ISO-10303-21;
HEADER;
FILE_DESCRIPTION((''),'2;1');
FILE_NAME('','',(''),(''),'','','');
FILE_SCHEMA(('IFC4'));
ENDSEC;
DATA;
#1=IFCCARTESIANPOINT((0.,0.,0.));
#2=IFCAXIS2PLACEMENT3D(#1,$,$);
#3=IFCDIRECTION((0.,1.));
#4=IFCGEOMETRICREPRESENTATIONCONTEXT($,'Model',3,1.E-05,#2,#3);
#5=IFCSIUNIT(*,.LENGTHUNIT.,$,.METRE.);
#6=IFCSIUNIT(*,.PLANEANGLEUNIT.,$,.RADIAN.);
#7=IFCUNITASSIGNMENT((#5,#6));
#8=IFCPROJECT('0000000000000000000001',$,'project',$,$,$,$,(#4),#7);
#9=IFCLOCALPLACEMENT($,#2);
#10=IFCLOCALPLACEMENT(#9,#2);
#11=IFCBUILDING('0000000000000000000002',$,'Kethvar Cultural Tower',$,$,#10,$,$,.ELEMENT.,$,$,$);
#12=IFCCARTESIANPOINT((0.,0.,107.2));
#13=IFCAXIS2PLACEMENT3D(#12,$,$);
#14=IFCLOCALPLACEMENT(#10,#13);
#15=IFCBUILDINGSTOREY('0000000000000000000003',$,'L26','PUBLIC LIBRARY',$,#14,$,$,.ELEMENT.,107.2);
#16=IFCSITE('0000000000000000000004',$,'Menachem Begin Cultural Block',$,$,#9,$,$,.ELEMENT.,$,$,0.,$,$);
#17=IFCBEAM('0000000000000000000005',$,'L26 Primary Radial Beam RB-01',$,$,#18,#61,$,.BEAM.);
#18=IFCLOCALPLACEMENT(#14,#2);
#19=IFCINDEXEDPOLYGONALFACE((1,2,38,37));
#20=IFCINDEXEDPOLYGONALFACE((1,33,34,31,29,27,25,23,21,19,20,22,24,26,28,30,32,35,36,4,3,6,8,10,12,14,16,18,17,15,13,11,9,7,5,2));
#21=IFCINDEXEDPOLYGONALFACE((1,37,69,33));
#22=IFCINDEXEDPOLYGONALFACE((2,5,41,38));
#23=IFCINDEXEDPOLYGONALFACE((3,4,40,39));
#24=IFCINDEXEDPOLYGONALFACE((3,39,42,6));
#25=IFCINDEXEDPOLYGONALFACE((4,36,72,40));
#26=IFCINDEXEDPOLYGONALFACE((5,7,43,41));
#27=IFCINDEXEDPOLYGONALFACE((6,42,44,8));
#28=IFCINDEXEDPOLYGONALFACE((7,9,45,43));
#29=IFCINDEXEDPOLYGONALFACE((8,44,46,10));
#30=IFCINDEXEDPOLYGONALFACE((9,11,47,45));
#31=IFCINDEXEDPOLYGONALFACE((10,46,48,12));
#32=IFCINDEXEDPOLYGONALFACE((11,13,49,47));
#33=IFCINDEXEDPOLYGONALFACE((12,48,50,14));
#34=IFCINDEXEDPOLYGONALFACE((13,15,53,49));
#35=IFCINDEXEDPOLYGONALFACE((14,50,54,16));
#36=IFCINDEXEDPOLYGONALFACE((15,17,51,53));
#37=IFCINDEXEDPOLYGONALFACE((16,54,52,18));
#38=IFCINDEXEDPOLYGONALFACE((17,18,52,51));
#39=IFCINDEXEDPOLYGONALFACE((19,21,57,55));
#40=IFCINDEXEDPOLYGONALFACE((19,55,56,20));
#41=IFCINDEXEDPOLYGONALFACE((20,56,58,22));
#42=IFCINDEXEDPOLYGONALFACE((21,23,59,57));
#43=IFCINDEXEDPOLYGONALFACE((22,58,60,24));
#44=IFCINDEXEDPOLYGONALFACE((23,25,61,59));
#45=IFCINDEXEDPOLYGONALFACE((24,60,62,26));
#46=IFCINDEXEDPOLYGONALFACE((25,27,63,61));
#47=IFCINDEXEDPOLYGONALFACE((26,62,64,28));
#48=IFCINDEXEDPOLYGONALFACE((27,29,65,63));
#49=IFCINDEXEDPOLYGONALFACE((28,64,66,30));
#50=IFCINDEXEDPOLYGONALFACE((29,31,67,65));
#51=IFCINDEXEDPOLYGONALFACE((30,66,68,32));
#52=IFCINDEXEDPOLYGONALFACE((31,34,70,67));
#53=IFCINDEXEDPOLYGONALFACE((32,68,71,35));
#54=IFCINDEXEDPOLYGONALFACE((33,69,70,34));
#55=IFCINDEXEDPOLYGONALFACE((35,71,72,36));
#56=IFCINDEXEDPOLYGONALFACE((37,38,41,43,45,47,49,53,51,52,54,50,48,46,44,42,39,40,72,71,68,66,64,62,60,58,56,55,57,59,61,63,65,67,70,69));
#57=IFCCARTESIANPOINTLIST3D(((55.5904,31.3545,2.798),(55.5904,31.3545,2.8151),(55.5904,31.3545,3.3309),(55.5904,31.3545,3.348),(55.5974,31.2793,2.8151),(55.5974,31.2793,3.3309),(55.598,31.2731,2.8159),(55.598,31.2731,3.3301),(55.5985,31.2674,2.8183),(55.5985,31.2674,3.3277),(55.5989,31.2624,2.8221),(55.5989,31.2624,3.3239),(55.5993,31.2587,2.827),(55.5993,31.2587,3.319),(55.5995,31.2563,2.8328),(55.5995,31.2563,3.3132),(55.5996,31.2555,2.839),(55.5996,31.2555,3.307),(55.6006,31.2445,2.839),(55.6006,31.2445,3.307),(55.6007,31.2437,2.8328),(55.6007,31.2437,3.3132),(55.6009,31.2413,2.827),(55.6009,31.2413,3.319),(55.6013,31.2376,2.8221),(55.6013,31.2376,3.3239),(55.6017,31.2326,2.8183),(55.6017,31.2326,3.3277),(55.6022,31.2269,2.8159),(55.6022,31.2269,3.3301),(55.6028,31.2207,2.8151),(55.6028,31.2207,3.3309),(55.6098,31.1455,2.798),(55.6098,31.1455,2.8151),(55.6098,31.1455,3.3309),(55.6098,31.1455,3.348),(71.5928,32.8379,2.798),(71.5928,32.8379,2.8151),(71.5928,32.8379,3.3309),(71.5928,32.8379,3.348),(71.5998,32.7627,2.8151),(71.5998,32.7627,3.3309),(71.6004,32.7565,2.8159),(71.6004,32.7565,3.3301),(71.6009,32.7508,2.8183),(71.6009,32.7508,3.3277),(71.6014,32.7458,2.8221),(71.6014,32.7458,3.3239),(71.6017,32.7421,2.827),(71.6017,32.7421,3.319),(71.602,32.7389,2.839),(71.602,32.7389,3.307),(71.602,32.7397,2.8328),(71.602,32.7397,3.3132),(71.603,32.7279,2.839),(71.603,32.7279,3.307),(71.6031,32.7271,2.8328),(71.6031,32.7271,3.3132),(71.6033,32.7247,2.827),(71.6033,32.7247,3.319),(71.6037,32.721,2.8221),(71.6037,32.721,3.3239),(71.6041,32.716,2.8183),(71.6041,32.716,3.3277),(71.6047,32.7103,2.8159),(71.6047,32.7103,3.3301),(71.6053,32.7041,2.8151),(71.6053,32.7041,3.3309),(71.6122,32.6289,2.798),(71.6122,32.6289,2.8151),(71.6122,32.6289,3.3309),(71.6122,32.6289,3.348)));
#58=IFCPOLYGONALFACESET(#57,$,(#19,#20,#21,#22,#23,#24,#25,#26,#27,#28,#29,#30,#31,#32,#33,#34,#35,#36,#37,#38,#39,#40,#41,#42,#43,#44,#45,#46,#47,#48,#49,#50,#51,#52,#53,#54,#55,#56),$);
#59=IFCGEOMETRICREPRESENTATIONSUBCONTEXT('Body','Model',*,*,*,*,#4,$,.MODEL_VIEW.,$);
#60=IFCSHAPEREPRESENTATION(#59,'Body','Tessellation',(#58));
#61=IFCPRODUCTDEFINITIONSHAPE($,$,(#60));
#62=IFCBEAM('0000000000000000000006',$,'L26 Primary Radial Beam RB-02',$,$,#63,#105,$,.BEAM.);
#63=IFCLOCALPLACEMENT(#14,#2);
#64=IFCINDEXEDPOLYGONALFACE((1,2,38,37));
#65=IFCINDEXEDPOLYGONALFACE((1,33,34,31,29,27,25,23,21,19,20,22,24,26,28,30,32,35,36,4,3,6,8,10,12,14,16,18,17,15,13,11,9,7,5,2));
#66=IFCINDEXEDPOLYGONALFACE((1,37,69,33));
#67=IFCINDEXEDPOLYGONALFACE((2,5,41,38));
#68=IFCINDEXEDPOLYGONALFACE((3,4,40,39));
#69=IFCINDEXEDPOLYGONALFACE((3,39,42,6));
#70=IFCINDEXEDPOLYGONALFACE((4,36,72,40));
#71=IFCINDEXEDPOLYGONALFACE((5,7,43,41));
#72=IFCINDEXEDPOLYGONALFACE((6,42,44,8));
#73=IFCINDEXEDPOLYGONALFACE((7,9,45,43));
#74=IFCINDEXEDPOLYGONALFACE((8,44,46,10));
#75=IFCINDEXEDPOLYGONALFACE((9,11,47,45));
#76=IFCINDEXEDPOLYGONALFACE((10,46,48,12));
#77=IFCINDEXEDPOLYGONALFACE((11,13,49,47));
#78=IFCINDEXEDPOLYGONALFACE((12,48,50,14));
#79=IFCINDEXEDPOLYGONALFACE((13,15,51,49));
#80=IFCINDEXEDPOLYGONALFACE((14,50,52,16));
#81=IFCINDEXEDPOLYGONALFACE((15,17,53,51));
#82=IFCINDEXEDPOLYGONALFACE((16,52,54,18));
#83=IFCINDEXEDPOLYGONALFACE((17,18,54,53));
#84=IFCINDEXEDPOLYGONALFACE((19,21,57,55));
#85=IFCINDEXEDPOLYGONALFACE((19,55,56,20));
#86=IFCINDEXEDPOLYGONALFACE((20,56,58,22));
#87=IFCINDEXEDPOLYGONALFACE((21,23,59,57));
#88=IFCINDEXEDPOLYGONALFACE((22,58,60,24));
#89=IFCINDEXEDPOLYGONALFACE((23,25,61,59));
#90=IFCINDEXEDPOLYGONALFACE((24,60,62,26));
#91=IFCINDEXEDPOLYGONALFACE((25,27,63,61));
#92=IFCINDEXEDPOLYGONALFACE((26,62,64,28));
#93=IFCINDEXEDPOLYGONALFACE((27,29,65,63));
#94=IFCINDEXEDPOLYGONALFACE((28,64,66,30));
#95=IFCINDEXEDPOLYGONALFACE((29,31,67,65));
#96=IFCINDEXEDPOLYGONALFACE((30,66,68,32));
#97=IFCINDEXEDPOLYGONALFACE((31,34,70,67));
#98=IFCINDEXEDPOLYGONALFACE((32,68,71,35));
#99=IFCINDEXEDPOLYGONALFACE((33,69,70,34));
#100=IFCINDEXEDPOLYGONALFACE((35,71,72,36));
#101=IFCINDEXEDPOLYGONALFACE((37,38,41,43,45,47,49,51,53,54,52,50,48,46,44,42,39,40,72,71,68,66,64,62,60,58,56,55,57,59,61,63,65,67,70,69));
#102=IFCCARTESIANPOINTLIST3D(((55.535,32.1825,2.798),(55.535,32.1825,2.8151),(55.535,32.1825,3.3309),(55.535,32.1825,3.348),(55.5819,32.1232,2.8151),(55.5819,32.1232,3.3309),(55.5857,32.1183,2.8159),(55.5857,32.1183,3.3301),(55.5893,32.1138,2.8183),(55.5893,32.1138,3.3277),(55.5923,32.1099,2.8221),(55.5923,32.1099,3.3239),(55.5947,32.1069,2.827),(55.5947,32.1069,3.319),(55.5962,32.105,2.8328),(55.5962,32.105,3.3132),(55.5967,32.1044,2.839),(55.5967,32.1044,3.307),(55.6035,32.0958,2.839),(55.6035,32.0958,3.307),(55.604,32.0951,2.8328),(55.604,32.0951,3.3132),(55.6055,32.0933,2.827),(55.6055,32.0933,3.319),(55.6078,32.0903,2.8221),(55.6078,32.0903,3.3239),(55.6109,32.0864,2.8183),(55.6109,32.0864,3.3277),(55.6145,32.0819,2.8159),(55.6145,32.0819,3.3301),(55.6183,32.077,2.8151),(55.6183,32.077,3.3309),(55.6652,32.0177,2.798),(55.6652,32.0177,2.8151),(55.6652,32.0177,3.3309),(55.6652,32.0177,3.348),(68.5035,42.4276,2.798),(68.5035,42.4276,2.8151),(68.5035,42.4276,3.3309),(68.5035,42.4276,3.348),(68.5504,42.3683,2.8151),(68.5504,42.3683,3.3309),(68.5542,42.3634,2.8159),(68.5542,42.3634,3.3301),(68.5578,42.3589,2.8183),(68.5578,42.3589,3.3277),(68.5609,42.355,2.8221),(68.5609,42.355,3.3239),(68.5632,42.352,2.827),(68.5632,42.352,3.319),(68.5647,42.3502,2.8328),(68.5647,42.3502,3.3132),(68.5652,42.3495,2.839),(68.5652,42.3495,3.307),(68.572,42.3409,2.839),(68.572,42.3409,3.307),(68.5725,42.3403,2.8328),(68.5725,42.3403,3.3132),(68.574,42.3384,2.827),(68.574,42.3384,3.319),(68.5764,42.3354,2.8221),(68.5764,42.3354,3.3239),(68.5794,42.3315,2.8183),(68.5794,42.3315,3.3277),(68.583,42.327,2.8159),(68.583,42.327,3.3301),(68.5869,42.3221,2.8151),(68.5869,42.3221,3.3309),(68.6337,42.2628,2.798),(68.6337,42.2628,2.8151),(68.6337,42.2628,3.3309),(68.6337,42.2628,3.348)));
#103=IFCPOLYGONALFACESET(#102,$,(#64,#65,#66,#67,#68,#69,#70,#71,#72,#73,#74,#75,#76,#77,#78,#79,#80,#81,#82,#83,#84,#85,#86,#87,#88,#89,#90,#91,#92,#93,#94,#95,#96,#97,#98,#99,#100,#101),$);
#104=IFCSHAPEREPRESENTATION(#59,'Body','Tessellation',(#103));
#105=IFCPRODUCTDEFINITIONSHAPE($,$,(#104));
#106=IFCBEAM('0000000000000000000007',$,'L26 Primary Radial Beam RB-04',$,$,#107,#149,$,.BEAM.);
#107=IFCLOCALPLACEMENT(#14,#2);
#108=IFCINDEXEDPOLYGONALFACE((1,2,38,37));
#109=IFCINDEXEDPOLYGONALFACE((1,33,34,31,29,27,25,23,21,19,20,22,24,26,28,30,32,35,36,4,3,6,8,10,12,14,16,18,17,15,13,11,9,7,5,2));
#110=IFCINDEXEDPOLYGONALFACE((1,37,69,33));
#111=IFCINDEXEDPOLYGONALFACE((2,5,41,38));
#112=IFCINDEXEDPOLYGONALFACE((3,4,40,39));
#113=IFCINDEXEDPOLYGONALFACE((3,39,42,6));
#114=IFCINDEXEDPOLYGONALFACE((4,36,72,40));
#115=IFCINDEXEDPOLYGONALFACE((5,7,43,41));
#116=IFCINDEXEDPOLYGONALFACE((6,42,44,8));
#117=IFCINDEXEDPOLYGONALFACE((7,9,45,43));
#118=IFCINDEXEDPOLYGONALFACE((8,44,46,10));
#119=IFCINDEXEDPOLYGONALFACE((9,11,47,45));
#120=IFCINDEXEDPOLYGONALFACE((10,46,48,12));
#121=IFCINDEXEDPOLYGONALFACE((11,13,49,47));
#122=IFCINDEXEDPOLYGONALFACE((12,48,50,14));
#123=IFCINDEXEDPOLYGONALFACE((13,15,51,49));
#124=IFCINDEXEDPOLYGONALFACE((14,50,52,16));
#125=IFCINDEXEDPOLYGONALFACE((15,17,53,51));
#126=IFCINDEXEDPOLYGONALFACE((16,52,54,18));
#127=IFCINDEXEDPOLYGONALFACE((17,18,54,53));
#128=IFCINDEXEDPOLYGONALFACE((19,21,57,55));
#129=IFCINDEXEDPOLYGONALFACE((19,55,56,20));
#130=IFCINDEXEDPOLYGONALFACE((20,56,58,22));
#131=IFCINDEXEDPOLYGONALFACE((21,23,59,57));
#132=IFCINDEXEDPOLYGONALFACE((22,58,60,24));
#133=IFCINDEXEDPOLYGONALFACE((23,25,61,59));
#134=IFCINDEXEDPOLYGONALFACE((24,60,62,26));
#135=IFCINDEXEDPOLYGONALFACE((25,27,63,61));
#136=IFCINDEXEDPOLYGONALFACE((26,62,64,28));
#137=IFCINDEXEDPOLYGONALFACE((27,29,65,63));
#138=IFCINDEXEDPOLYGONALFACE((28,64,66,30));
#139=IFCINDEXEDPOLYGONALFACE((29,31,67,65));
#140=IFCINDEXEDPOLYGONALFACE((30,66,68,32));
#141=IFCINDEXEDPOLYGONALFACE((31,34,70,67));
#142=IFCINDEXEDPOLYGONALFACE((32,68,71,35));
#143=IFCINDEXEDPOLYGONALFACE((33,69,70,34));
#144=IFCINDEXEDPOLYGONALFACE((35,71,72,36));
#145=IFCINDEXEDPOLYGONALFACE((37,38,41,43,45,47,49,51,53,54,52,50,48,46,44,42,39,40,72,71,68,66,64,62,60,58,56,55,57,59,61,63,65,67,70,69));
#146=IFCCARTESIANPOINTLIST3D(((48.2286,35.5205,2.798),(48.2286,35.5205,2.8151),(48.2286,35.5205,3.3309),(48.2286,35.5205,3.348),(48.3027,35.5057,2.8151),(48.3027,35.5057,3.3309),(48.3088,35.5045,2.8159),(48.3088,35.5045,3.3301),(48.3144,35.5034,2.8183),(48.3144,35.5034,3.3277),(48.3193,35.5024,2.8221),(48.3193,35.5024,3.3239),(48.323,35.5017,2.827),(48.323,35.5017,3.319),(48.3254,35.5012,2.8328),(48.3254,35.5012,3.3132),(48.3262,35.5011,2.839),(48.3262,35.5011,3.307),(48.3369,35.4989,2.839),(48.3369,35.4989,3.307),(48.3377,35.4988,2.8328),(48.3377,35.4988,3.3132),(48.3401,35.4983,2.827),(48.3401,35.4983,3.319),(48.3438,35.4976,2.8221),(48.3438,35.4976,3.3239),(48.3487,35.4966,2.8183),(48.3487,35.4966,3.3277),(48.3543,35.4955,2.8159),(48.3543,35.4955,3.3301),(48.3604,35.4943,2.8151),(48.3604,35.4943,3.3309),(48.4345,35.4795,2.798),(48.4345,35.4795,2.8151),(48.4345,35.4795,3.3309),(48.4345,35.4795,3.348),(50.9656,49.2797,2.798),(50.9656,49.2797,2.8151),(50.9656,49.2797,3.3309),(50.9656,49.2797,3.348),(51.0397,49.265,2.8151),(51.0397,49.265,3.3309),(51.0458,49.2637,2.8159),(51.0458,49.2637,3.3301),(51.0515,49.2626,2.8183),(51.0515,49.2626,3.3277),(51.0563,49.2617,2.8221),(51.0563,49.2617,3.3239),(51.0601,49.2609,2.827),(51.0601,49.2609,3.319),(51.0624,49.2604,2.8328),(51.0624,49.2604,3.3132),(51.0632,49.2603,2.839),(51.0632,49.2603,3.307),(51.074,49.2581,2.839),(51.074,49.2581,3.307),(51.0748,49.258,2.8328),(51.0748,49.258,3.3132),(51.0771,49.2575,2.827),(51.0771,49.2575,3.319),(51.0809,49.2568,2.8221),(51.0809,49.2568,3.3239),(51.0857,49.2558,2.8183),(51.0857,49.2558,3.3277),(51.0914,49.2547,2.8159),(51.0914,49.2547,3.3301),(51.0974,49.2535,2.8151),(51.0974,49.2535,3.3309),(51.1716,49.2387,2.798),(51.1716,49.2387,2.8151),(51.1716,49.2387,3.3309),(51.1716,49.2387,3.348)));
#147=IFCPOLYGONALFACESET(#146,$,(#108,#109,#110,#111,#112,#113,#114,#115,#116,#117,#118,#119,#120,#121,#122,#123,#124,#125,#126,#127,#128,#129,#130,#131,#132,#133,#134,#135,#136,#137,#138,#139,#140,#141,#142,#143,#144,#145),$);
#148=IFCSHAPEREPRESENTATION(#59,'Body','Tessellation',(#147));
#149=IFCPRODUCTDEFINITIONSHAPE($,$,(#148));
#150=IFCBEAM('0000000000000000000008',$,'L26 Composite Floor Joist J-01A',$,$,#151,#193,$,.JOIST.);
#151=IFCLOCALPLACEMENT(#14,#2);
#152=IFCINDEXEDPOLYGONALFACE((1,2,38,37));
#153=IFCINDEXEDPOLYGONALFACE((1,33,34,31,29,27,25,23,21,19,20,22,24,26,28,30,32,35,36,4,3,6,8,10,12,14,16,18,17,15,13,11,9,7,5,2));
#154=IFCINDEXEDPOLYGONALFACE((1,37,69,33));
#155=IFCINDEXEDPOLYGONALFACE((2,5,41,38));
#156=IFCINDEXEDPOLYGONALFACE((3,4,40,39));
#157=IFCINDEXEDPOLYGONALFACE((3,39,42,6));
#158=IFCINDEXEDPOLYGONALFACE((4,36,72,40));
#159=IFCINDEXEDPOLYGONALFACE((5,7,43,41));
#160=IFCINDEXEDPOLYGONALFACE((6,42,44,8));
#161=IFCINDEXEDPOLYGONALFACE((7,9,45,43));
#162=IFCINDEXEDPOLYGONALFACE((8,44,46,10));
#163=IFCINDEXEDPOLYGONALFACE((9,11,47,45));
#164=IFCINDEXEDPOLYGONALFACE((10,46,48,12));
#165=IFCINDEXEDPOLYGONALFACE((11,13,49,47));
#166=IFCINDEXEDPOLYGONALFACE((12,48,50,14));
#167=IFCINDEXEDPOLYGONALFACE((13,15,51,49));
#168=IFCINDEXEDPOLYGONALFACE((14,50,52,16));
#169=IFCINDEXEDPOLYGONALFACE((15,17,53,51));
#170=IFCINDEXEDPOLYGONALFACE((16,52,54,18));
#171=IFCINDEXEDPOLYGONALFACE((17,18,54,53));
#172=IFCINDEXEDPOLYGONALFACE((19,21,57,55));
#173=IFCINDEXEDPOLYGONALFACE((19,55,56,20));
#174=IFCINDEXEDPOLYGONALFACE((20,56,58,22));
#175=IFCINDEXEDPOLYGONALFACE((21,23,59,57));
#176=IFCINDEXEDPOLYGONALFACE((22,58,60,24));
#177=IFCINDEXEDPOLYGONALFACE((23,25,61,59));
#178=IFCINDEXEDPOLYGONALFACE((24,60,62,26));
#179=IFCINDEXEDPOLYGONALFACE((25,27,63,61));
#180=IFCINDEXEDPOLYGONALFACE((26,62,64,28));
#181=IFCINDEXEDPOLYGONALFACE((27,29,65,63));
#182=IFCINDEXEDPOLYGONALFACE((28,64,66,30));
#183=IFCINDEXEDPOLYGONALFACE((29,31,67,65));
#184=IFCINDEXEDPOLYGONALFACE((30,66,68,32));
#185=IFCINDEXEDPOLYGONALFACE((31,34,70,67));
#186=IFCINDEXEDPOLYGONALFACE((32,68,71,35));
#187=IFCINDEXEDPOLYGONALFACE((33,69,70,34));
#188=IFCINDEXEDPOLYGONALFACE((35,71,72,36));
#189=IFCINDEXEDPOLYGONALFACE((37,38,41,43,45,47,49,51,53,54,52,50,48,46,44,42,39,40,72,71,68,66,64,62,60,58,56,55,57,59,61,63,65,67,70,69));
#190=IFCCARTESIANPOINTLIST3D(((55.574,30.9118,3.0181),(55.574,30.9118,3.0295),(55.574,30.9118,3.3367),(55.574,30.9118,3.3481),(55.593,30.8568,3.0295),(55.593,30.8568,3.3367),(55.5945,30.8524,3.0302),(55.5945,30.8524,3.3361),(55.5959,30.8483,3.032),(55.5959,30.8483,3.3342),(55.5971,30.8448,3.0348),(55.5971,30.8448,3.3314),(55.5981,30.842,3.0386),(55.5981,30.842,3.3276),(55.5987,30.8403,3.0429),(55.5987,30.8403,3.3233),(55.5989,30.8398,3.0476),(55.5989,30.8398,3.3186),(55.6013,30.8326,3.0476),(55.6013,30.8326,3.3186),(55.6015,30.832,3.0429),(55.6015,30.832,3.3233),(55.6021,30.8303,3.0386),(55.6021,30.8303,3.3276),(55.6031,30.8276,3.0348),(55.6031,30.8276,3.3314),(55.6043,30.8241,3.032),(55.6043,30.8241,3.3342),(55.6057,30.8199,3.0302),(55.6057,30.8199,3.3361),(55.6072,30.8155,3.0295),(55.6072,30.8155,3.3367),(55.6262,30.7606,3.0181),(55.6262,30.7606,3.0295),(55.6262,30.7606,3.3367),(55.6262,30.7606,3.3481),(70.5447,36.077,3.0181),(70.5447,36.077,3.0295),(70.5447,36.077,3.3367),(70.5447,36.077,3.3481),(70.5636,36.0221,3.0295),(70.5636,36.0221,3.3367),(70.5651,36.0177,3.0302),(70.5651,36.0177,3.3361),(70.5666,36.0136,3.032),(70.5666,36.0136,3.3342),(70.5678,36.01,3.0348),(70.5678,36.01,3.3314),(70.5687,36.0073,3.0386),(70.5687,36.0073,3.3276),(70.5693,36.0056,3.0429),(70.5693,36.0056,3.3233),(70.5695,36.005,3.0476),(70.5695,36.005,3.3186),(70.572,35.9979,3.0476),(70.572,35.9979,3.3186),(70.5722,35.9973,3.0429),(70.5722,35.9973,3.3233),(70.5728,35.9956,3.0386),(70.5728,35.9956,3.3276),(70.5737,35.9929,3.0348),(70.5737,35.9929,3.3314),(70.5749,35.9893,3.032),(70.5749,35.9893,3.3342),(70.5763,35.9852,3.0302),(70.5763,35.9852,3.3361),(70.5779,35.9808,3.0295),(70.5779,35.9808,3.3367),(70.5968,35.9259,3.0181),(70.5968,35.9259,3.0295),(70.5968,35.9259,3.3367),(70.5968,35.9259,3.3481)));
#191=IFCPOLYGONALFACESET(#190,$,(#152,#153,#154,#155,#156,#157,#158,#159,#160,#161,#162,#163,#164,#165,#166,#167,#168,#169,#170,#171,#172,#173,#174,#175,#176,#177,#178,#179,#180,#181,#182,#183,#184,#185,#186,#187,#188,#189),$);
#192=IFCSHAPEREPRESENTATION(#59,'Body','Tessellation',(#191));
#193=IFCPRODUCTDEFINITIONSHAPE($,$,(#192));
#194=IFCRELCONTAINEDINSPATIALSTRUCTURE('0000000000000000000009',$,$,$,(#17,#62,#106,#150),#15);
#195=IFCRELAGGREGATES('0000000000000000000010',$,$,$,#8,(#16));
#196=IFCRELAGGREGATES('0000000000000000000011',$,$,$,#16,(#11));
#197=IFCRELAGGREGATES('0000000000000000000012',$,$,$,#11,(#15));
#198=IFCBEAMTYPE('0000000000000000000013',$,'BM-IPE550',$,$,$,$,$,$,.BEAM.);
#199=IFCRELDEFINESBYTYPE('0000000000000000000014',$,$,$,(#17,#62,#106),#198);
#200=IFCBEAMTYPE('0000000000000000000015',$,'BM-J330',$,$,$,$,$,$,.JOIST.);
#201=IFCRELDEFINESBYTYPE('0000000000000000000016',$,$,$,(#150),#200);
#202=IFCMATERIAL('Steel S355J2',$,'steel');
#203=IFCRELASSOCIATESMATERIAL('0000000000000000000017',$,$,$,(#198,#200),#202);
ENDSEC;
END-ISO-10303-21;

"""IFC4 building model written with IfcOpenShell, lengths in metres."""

from ifc_helpers import new_model, si_unit, direction, frame, origin, origin_2d, place, context, subcontext, project, spatial, i_section, extrude, source, transform, mapped, material, material_profile, profile_set, type_object, element, save


model = new_model("IFC4")

# Units and contexts
model_context = context("Model", 3, precision=1e-05, world=origin(), true_north=direction((0.0, 1.0)))
body_context = subcontext(model_context, "Body", "Model", "MODEL_VIEW")
ifc_project = project(units=[si_unit("LENGTHUNIT", "METRE"), si_unit("PLANEANGLEUNIT", "RADIAN")], contexts=[model_context])

# Site, building, storey
site_placement = place(None, origin())
site = spatial("IfcSite", under=ifc_project, at=site_placement, Name="Menachem Begin Cultural Block", CompositionType="ELEMENT", RefElevation=0.0)
building_placement = place(site_placement, origin())
building = spatial("IfcBuilding", under=site, at=building_placement, Name="Kethvar Cultural Tower", CompositionType="ELEMENT")
storey_placement = place(building_placement, frame((0.0, 0.0, 107.2)))
storey = spatial("IfcBuildingStorey", under=building, at=storey_placement, Name="L26", Description="PUBLIC LIBRARY", CompositionType="ELEMENT", Elevation=107.2)

# Beams
ifc_material_1 = material(Name="Steel S355J2", Category="steel")
ifc_material_profile_1 = material_profile(ifc_material_1, i_section(OverallWidth=0.21, OverallDepth=0.55, WebThickness=0.011, FlangeThickness=0.0171, FilletRadius=0.0239, at=origin_2d()), Name="Steel S355J2 — IPE550")
ifc_profile_set_1 = profile_set([ifc_material_profile_1], Name="Steel S355J2 — IPE550")
beam_type_1 = type_object("IfcBeamType", Name="BM-IPE550", PredefinedType="BEAM", material=ifc_profile_set_1)
shared_shape_1 = source(origin(), body_context, "Body", "SweptSolid", [
    extrude(i_section(OverallWidth=0.21, OverallDepth=0.55, WebThickness=0.011, FlangeThickness=0.0171, FilletRadius=0.0239, at=origin_2d()), origin(), (0.0, 0.0, 1.0), 16.071),
])
beam_1_placement = place(storey_placement, frame((55.6001, 31.25, 3.073), z_axis=(0.995731, 0.092303, 0.0), x_axis=(-0.092303, 0.995731, 0.0)))
element("IfcBeam", 1, at=beam_1_placement, inside=storey, type_object=beam_type_1, Name="L26 Primary Radial Beam RB-01", PredefinedType="BEAM", context=body_context, shape_type="MappedRepresentation", body=[
    mapped(shared_shape_1, transform((0.0, 0.0, 0.0), scale=1.0)),
])
shared_shape_2 = source(origin(), body_context, "Body", "SweptSolid", [
    extrude(i_section(OverallWidth=0.21, OverallDepth=0.55, WebThickness=0.011, FlangeThickness=0.0171, FilletRadius=0.0239, at=origin_2d()), origin(), (0.0, 0.0, 1.0), 16.5271),
])
beam_2_placement = place(storey_placement, frame((55.6001, 32.1001, 3.073), z_axis=(0.784682, 0.619899, 0.0), x_axis=(-0.619899, 0.784682, 0.0)))
element("IfcBeam", 2, at=beam_2_placement, inside=storey, type_object=beam_type_1, Name="L26 Primary Radial Beam RB-02", PredefinedType="BEAM", context=body_context, shape_type="MappedRepresentation", body=[
    mapped(shared_shape_2, transform((0.0, 0.0, 0.0), scale=1.0)),
])
shared_shape_3 = source(origin(), body_context, "Body", "SweptSolid", [
    extrude(i_section(OverallWidth=0.21, OverallDepth=0.55, WebThickness=0.011, FlangeThickness=0.0171, FilletRadius=0.0239, at=origin_2d()), origin(), (0.0, 0.0, 1.0), 14.0288),
])
beam_3_placement = place(storey_placement, frame((48.3315, 35.5, 3.073), z_axis=(0.195102, 0.980783, 0.0), x_axis=(-0.980783, 0.195102, 0.0)))
element("IfcBeam", 3, at=beam_3_placement, inside=storey, type_object=beam_type_1, Name="L26 Primary Radial Beam RB-04", PredefinedType="BEAM", context=body_context, shape_type="MappedRepresentation", body=[
    mapped(shared_shape_3, transform((0.0, 0.0, 0.0), scale=1.0)),
])
ifc_material_profile_2 = material_profile(ifc_material_1, i_section(OverallWidth=0.1599, OverallDepth=0.3301, WebThickness=0.0076, FlangeThickness=0.0115, FilletRadius=0.0181, at=origin_2d()), Name="Steel S355J2 — IPE330")
ifc_profile_set_2 = profile_set([ifc_material_profile_2], Name="Steel S355J2 — IPE330")
beam_type_2 = type_object("IfcBeamType", Name="BM-J330", PredefinedType="JOIST", material=ifc_profile_set_2)
shared_shape_4 = source(origin(), body_context, "Body", "SweptSolid", [
    extrude(i_section(OverallWidth=0.1599, OverallDepth=0.3301, WebThickness=0.0076, FlangeThickness=0.0115, FilletRadius=0.0181, at=origin_2d()), origin(), (0.0, 0.0, 1.0), 15.8367),
])
beam_4_placement = place(storey_placement, frame((55.6001, 30.8362, 3.1831), z_axis=(0.945315, 0.326158, 0.0), x_axis=(-0.326158, 0.945315, 0.0)))
element("IfcBeam", 4, at=beam_4_placement, inside=storey, type_object=beam_type_2, Name="L26 Composite Floor Joist J-01A", PredefinedType="JOIST", context=body_context, shape_type="MappedRepresentation", body=[
    mapped(shared_shape_4, transform((0.0, 0.0, 0.0), scale=1.0)),
])

save(model, "model.ifc")
